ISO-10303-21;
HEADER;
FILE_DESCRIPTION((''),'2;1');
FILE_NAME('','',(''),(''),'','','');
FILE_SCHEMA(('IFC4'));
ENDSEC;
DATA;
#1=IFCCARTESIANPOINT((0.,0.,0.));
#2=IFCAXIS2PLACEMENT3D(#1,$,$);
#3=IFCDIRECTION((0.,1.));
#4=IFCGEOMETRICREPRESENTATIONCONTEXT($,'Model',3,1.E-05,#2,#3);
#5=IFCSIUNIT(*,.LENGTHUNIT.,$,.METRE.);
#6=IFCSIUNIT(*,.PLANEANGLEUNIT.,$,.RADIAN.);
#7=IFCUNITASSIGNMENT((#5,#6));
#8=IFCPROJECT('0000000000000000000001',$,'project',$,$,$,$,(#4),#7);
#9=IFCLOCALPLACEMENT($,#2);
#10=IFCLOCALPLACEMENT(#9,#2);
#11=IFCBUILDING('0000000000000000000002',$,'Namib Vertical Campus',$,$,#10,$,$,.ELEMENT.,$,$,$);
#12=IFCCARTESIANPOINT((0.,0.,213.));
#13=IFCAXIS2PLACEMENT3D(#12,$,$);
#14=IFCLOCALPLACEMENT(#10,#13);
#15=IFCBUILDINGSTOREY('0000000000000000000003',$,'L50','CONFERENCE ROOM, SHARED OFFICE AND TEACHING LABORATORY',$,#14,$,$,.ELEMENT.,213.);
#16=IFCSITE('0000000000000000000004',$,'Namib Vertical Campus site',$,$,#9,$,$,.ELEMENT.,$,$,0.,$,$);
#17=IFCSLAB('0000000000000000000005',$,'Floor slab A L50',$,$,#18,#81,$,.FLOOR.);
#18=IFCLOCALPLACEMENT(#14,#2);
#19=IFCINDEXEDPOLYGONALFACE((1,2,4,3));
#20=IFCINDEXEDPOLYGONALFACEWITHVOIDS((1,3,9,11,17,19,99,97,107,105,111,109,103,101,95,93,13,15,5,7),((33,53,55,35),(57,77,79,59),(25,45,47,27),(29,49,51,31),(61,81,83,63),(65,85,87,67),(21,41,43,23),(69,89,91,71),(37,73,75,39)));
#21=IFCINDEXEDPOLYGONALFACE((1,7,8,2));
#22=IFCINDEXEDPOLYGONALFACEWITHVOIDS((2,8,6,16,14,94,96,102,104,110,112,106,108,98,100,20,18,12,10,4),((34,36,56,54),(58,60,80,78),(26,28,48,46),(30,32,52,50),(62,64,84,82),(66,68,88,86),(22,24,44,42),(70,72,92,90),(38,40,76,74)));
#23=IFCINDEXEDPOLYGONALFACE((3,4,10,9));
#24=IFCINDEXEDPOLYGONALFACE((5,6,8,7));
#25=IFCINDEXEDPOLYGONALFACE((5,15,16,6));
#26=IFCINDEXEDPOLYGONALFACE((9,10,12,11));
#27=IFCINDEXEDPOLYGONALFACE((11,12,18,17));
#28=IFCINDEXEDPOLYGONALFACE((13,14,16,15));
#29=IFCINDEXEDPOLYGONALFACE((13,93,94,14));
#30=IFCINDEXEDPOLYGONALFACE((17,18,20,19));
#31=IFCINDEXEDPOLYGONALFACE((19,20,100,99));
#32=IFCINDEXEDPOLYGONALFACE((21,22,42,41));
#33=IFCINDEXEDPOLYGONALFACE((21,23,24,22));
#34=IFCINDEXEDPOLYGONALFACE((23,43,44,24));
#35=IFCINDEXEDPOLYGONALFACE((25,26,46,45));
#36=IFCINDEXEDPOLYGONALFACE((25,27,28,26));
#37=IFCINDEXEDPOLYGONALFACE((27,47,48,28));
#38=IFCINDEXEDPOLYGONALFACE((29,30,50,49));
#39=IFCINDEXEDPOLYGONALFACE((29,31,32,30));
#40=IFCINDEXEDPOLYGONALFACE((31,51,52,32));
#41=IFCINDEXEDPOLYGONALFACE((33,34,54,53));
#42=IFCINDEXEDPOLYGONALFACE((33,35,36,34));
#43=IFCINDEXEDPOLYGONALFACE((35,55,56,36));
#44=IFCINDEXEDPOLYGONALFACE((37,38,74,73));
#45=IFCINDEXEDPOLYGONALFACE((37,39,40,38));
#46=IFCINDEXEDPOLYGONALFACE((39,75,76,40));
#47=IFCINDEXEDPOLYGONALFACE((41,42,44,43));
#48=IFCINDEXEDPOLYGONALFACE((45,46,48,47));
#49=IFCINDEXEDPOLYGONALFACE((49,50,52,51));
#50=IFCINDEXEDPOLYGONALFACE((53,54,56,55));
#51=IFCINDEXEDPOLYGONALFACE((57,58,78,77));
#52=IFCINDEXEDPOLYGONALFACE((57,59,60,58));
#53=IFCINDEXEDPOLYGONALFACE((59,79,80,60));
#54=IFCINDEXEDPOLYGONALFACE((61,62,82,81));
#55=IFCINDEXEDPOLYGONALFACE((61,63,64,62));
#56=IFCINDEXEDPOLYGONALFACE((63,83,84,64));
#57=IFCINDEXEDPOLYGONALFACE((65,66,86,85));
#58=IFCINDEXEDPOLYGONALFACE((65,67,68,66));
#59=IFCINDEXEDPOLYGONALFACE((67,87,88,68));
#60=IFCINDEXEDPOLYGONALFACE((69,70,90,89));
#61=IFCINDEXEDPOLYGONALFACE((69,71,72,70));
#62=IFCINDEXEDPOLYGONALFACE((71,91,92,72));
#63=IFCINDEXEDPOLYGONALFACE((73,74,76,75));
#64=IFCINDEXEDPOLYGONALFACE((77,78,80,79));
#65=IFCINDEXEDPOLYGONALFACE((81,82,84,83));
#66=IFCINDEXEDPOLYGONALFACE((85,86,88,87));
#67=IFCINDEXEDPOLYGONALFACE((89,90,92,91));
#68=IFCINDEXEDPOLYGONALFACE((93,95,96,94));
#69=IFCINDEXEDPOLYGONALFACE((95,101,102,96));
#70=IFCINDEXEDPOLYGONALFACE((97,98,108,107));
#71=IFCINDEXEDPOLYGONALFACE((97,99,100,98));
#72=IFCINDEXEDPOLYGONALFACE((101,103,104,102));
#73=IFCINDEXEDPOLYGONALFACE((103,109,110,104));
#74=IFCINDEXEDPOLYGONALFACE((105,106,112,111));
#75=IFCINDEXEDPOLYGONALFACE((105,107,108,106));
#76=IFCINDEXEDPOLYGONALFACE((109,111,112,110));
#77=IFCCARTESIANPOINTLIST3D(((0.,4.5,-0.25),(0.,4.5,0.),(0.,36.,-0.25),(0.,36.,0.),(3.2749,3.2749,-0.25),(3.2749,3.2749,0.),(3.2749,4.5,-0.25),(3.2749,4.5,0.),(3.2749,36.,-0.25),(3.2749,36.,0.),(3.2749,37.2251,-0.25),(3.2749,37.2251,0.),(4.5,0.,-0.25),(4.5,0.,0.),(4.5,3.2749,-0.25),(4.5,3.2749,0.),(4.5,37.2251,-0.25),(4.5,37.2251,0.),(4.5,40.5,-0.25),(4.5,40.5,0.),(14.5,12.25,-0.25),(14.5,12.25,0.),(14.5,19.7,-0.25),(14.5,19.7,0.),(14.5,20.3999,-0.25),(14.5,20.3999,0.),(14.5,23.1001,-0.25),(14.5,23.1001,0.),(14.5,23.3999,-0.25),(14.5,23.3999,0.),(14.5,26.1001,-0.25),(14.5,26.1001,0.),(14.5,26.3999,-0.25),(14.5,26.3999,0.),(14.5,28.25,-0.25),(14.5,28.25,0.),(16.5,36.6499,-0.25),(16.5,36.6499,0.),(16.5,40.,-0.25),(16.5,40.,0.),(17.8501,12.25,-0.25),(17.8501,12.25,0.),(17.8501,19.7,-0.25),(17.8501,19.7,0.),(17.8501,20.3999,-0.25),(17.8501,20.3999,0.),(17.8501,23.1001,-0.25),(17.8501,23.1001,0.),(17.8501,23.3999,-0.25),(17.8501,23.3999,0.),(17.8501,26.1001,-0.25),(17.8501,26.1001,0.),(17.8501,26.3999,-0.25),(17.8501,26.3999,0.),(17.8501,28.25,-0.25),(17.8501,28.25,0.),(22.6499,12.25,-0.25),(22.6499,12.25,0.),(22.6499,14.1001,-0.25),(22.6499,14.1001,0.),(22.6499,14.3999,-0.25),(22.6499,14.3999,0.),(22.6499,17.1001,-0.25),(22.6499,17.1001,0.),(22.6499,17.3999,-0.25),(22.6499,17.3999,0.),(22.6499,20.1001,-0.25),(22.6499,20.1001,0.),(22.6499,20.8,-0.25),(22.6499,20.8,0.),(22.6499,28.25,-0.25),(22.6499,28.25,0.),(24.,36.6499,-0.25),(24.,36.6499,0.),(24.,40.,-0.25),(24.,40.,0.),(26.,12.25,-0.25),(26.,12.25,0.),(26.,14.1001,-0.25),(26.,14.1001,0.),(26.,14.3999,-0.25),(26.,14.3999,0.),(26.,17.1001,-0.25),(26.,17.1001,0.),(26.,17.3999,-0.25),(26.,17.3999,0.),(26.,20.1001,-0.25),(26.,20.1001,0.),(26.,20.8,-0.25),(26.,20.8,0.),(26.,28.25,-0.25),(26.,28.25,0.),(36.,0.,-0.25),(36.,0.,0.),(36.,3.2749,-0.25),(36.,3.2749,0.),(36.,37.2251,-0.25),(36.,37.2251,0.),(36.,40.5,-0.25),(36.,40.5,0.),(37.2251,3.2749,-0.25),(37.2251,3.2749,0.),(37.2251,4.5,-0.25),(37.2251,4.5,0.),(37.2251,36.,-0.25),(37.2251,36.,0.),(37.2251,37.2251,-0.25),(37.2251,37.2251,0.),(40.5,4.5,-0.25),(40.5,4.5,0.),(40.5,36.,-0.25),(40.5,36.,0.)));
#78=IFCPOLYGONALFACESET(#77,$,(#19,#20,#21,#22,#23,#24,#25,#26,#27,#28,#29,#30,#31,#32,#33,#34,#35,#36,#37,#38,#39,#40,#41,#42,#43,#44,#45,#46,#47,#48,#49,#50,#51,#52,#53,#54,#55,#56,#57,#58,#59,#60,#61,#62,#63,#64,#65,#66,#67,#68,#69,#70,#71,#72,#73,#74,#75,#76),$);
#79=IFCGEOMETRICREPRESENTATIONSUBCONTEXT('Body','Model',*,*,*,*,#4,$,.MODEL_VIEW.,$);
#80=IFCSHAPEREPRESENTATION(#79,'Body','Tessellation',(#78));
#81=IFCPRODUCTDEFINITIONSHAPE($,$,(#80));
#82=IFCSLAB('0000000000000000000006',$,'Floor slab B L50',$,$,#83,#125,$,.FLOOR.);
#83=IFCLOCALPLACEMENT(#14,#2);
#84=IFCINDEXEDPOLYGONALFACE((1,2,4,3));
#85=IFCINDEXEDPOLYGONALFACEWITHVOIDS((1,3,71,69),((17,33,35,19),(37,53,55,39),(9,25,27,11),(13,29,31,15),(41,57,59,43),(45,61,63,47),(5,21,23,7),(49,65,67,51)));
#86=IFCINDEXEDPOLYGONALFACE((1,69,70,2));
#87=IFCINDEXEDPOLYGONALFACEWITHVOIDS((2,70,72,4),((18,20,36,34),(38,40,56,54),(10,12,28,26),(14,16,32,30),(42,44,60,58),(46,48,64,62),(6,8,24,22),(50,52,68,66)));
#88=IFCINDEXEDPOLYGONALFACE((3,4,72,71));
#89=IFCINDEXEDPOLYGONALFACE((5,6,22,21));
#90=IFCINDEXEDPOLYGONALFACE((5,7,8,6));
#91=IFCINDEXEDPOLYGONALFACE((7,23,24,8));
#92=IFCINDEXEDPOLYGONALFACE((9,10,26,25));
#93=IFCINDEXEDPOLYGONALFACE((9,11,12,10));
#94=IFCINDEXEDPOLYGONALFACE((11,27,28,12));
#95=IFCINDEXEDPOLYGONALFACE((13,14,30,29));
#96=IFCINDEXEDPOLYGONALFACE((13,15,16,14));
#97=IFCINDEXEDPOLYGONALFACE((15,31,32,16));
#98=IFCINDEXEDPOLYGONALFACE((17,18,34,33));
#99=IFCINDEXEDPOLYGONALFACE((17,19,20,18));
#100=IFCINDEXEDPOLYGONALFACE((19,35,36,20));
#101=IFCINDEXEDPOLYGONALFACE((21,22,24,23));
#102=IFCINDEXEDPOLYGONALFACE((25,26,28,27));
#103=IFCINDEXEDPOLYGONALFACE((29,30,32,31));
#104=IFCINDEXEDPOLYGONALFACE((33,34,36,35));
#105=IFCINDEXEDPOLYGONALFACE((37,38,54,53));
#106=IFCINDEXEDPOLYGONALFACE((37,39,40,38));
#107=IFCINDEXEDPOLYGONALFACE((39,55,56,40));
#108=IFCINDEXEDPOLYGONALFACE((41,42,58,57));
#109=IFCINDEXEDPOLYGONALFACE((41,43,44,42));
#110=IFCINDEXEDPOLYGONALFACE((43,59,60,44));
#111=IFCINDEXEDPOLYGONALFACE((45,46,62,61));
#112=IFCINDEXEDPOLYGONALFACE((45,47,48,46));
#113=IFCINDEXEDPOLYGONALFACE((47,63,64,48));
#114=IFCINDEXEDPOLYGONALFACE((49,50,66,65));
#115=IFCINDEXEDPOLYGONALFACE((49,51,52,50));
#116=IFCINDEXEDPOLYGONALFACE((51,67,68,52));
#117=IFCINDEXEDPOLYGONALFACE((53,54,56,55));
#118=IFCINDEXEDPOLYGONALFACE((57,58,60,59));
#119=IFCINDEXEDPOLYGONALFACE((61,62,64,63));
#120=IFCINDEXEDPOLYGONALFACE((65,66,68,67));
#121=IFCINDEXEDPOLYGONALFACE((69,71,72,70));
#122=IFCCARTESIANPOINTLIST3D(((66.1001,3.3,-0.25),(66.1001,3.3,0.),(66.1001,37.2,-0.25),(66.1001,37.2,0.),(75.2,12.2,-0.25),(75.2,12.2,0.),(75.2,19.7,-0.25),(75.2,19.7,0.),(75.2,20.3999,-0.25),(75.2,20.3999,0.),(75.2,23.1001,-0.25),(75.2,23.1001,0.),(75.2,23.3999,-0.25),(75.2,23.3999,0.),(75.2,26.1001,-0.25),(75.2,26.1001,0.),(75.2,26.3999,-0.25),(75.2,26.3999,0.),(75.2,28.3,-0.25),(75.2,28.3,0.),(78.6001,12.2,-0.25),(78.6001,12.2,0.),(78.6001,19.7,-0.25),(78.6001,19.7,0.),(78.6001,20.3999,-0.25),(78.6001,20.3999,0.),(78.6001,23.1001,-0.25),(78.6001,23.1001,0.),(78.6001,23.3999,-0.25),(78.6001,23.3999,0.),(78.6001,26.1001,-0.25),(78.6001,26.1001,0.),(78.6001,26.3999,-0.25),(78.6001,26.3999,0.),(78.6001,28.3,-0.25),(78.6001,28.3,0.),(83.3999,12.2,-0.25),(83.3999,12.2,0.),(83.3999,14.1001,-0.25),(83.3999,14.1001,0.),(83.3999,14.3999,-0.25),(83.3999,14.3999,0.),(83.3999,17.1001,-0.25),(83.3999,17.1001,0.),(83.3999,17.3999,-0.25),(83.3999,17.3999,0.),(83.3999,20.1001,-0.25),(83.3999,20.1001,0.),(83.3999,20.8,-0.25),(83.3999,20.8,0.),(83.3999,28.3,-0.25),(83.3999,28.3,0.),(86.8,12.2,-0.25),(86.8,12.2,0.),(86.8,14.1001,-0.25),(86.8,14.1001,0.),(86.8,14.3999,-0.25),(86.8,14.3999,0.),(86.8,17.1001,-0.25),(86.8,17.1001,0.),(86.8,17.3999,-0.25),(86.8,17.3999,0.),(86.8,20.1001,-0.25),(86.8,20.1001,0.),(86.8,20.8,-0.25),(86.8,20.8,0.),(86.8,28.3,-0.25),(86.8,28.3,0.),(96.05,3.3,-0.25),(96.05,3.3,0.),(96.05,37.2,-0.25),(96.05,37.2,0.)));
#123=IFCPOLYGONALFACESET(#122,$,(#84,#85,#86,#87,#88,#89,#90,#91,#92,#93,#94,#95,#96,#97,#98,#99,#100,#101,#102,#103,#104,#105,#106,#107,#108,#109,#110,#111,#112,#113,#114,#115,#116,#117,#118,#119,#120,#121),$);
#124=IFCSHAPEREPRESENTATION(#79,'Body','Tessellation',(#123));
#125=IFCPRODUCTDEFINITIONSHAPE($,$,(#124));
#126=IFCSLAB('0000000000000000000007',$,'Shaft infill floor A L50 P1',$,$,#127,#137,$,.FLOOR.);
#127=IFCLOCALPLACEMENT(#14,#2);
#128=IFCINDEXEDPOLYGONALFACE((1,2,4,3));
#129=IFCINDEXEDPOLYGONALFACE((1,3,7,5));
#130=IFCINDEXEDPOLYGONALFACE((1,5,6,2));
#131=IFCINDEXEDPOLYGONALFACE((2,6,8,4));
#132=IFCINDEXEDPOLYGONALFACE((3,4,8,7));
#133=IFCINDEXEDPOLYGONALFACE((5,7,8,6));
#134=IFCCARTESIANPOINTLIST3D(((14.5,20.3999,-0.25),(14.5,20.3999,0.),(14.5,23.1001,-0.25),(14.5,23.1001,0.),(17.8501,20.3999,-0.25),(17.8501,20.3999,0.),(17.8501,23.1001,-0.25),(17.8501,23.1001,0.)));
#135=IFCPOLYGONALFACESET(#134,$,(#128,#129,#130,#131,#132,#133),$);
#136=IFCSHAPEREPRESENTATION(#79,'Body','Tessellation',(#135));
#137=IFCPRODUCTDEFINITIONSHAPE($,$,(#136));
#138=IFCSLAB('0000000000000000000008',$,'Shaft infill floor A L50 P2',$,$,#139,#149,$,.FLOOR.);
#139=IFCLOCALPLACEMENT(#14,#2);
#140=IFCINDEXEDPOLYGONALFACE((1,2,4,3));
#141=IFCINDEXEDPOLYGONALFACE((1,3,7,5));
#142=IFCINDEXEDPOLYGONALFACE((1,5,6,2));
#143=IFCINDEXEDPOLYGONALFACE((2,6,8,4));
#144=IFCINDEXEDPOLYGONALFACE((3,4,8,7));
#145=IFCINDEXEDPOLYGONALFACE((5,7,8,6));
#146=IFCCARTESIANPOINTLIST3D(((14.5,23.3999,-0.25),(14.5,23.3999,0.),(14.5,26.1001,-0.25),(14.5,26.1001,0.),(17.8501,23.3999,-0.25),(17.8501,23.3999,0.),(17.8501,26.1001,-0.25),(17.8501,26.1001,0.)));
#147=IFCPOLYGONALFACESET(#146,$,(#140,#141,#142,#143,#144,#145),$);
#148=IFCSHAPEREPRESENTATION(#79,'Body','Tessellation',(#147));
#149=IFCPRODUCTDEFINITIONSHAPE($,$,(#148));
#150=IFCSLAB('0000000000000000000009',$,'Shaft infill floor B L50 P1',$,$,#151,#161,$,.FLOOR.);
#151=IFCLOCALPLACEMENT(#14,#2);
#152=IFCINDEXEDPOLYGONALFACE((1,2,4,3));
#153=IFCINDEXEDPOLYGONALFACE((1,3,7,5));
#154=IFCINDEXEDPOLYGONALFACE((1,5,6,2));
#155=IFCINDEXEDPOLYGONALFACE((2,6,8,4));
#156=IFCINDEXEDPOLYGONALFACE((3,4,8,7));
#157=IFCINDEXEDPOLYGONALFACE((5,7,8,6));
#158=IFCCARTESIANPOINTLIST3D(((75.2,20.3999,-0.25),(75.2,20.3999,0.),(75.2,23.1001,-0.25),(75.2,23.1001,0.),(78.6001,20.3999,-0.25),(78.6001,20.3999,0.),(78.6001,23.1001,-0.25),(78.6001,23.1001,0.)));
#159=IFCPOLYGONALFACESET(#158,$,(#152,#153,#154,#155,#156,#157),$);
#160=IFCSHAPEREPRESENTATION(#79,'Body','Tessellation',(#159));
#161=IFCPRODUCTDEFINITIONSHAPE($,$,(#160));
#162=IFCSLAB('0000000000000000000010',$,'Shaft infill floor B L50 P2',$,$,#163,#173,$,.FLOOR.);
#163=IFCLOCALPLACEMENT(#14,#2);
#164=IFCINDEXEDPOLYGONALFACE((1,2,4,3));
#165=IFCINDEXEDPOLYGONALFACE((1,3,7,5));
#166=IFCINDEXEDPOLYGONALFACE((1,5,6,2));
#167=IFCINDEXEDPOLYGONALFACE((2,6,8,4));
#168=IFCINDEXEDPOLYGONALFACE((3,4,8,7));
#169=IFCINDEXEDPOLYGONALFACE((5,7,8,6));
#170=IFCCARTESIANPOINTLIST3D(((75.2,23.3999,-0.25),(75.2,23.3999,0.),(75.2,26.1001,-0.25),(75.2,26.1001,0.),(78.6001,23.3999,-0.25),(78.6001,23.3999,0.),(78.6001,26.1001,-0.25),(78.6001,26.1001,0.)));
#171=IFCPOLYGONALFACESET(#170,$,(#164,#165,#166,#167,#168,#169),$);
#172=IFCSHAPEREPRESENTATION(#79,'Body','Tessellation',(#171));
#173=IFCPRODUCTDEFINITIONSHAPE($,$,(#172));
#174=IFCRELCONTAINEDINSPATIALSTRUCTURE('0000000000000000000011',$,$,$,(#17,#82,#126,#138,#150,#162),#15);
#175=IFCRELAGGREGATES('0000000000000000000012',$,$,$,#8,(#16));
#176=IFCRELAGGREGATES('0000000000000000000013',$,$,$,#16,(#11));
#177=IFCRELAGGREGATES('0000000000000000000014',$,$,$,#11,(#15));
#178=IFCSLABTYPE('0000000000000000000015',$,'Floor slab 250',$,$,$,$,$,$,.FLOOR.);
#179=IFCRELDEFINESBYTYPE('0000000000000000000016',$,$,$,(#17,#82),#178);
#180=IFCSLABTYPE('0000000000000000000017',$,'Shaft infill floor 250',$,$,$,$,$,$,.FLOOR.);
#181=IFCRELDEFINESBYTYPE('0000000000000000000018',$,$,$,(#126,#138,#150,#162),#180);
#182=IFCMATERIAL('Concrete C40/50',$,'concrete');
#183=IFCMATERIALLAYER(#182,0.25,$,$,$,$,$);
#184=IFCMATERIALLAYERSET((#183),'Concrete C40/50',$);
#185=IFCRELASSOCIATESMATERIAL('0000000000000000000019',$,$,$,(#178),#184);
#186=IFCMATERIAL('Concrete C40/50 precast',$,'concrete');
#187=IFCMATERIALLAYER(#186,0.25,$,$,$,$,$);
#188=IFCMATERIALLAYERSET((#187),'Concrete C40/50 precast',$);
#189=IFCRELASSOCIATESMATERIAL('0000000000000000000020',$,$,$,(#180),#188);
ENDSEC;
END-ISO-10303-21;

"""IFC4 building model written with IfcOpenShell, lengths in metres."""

from ifc_helpers import new_model, si_unit, direction, frame, origin, place, context, subcontext, project, spatial, polyline, outline, extrude, material, layer, layer_set, type_object, element, save


model = new_model("IFC4")

# Units and contexts
model_context = context("Model", 3, precision=1e-05, world=origin(), true_north=direction((0.0, 1.0)))
body_context = subcontext(model_context, "Body", "Model", "MODEL_VIEW")
ifc_project = project(units=[si_unit("LENGTHUNIT", "METRE"), si_unit("PLANEANGLEUNIT", "RADIAN")], contexts=[model_context])

# Site, building, storey
site_placement = place(None, origin())
site = spatial("IfcSite", under=ifc_project, at=site_placement, Name="Namib Vertical Campus site", CompositionType="ELEMENT", RefElevation=0.0)
building_placement = place(site_placement, origin())
building = spatial("IfcBuilding", under=site, at=building_placement, Name="Namib Vertical Campus", CompositionType="ELEMENT")
storey_placement = place(building_placement, frame((0.0, 0.0, 213.0)))
storey = spatial("IfcBuildingStorey", under=building, at=storey_placement, Name="L50", Description="CONFERENCE ROOM, SHARED OFFICE AND TEACHING LABORATORY", CompositionType="ELEMENT", Elevation=213.0)

# Slabs
ifc_material_1 = material(Name="Concrete C40/50", Category="concrete")
ifc_layer_1 = layer(ifc_material_1, 0.25)
ifc_layer_set_1 = layer_set([ifc_layer_1], Name="Concrete C40/50")
slab_type_1 = type_object("IfcSlabType", Name="Floor slab 250", PredefinedType="FLOOR", material=ifc_layer_set_1)
slab_1_placement = place(storey_placement, frame((0.0, 0.0, -0.25)))
element("IfcSlab", 1, at=slab_1_placement, inside=storey, type_object=slab_type_1, Name="Floor slab A L50", PredefinedType="FLOOR", context=body_context, shape_type="SweptSolid", body=[
    extrude(outline(polyline([(4.5, 0.0), (36.0, 0.0), (36.0, 3.2749), (37.2251, 3.2749), (37.2251, 4.5), (40.5, 4.5), (40.5, 36.0), (37.2251, 36.0), (37.2251, 37.2251), (36.0, 37.2251), (36.0, 40.5), (4.5, 40.5), (4.5, 37.2251), (3.2749, 37.2251), (3.2749, 36.0), (0.0, 36.0), (0.0, 4.5), (3.2749, 4.5), (3.2749, 3.2749), (4.5, 3.2749), (4.5, 0.0)]), holes=[polyline([(14.5, 12.25), (17.8501, 12.25), (17.8501, 19.7), (14.5, 19.7), (14.5, 12.25)]), polyline([(22.6499, 20.8), (26.0, 20.8), (26.0, 28.25), (22.6499, 28.25), (22.6499, 20.8)]), polyline([(22.6499, 12.25), (26.0, 12.25), (26.0, 14.1001), (22.6499, 14.1001), (22.6499, 12.25)]), polyline([(14.5, 20.3999), (17.8501, 20.3999), (17.8501, 23.1001), (14.5, 23.1001), (14.5, 20.3999)]), polyline([(14.5, 23.3999), (17.8501, 23.3999), (17.8501, 26.1001), (14.5, 26.1001), (14.5, 23.3999)]), polyline([(14.5, 26.3999), (17.8501, 26.3999), (17.8501, 28.25), (14.5, 28.25), (14.5, 26.3999)]), polyline([(22.6499, 14.3999), (26.0, 14.3999), (26.0, 17.1001), (22.6499, 17.1001), (22.6499, 14.3999)]), polyline([(22.6499, 17.3999), (26.0, 17.3999), (26.0, 20.1001), (22.6499, 20.1001), (22.6499, 17.3999)]), polyline([(16.5, 36.6499), (24.0, 36.6499), (24.0, 40.0), (16.5, 40.0), (16.5, 36.6499)])]), origin(), (0.0, 0.0, 1.0), 0.25),
])
slab_2_placement = place(storey_placement, frame((0.0, 0.0, -0.25)))
element("IfcSlab", 2, at=slab_2_placement, inside=storey, type_object=slab_type_1, Name="Floor slab B L50", PredefinedType="FLOOR", context=body_context, shape_type="SweptSolid", body=[
    extrude(outline(polyline([(66.1001, 3.3), (96.05, 3.3), (96.05, 37.2), (66.1001, 37.2), (66.1001, 3.3)]), holes=[polyline([(75.2, 12.2), (78.6001, 12.2), (78.6001, 19.7), (75.2, 19.7), (75.2, 12.2)]), polyline([(83.3999, 20.8), (86.8, 20.8), (86.8, 28.3), (83.3999, 28.3), (83.3999, 20.8)]), polyline([(83.3999, 12.2), (86.8, 12.2), (86.8, 14.1001), (83.3999, 14.1001), (83.3999, 12.2)]), polyline([(75.2, 20.3999), (78.6001, 20.3999), (78.6001, 23.1001), (75.2, 23.1001), (75.2, 20.3999)]), polyline([(75.2, 23.3999), (78.6001, 23.3999), (78.6001, 26.1001), (75.2, 26.1001), (75.2, 23.3999)]), polyline([(75.2, 26.3999), (78.6001, 26.3999), (78.6001, 28.3), (75.2, 28.3), (75.2, 26.3999)]), polyline([(83.3999, 14.3999), (86.8, 14.3999), (86.8, 17.1001), (83.3999, 17.1001), (83.3999, 14.3999)]), polyline([(83.3999, 17.3999), (86.8, 17.3999), (86.8, 20.1001), (83.3999, 20.1001), (83.3999, 17.3999)])]), origin(), (0.0, 0.0, 1.0), 0.25),
])
ifc_material_2 = material(Name="Concrete C40/50 precast", Category="concrete")
ifc_layer_2 = layer(ifc_material_2, 0.25)
ifc_layer_set_2 = layer_set([ifc_layer_2], Name="Concrete C40/50 precast")
slab_type_2 = type_object("IfcSlabType", Name="Shaft infill floor 250", PredefinedType="FLOOR", material=ifc_layer_set_2)
slab_3_placement = place(storey_placement, frame((0.0, 0.0, -0.25)))
element("IfcSlab", 3, at=slab_3_placement, inside=storey, type_object=slab_type_2, Name="Shaft infill floor A L50 P1", PredefinedType="FLOOR", context=body_context, shape_type="SweptSolid", body=[
    extrude(outline(polyline([(14.5, 20.3999), (17.8501, 20.3999), (17.8501, 23.1001), (14.5, 23.1001), (14.5, 20.3999)])), origin(), (0.0, 0.0, 1.0), 0.25),
])
slab_4_placement = place(storey_placement, frame((0.0, 0.0, -0.25)))
element("IfcSlab", 4, at=slab_4_placement, inside=storey, type_object=slab_type_2, Name="Shaft infill floor A L50 P2", PredefinedType="FLOOR", context=body_context, shape_type="SweptSolid", body=[
    extrude(outline(polyline([(14.5, 23.3999), (17.8501, 23.3999), (17.8501, 26.1001), (14.5, 26.1001), (14.5, 23.3999)])), origin(), (0.0, 0.0, 1.0), 0.25),
])
slab_5_placement = place(storey_placement, frame((0.0, 0.0, -0.25)))
element("IfcSlab", 5, at=slab_5_placement, inside=storey, type_object=slab_type_2, Name="Shaft infill floor B L50 P1", PredefinedType="FLOOR", context=body_context, shape_type="SweptSolid", body=[
    extrude(outline(polyline([(75.2, 20.3999), (78.6001, 20.3999), (78.6001, 23.1001), (75.2, 23.1001), (75.2, 20.3999)])), origin(), (0.0, 0.0, 1.0), 0.25),
])
slab_6_placement = place(storey_placement, frame((0.0, 0.0, -0.25)))
element("IfcSlab", 6, at=slab_6_placement, inside=storey, type_object=slab_type_2, Name="Shaft infill floor B L50 P2", PredefinedType="FLOOR", context=body_context, shape_type="SweptSolid", body=[
    extrude(outline(polyline([(75.2, 23.3999), (78.6001, 23.3999), (78.6001, 26.1001), (75.2, 26.1001), (75.2, 23.3999)])), origin(), (0.0, 0.0, 1.0), 0.25),
])

save(model, "model.ifc")
